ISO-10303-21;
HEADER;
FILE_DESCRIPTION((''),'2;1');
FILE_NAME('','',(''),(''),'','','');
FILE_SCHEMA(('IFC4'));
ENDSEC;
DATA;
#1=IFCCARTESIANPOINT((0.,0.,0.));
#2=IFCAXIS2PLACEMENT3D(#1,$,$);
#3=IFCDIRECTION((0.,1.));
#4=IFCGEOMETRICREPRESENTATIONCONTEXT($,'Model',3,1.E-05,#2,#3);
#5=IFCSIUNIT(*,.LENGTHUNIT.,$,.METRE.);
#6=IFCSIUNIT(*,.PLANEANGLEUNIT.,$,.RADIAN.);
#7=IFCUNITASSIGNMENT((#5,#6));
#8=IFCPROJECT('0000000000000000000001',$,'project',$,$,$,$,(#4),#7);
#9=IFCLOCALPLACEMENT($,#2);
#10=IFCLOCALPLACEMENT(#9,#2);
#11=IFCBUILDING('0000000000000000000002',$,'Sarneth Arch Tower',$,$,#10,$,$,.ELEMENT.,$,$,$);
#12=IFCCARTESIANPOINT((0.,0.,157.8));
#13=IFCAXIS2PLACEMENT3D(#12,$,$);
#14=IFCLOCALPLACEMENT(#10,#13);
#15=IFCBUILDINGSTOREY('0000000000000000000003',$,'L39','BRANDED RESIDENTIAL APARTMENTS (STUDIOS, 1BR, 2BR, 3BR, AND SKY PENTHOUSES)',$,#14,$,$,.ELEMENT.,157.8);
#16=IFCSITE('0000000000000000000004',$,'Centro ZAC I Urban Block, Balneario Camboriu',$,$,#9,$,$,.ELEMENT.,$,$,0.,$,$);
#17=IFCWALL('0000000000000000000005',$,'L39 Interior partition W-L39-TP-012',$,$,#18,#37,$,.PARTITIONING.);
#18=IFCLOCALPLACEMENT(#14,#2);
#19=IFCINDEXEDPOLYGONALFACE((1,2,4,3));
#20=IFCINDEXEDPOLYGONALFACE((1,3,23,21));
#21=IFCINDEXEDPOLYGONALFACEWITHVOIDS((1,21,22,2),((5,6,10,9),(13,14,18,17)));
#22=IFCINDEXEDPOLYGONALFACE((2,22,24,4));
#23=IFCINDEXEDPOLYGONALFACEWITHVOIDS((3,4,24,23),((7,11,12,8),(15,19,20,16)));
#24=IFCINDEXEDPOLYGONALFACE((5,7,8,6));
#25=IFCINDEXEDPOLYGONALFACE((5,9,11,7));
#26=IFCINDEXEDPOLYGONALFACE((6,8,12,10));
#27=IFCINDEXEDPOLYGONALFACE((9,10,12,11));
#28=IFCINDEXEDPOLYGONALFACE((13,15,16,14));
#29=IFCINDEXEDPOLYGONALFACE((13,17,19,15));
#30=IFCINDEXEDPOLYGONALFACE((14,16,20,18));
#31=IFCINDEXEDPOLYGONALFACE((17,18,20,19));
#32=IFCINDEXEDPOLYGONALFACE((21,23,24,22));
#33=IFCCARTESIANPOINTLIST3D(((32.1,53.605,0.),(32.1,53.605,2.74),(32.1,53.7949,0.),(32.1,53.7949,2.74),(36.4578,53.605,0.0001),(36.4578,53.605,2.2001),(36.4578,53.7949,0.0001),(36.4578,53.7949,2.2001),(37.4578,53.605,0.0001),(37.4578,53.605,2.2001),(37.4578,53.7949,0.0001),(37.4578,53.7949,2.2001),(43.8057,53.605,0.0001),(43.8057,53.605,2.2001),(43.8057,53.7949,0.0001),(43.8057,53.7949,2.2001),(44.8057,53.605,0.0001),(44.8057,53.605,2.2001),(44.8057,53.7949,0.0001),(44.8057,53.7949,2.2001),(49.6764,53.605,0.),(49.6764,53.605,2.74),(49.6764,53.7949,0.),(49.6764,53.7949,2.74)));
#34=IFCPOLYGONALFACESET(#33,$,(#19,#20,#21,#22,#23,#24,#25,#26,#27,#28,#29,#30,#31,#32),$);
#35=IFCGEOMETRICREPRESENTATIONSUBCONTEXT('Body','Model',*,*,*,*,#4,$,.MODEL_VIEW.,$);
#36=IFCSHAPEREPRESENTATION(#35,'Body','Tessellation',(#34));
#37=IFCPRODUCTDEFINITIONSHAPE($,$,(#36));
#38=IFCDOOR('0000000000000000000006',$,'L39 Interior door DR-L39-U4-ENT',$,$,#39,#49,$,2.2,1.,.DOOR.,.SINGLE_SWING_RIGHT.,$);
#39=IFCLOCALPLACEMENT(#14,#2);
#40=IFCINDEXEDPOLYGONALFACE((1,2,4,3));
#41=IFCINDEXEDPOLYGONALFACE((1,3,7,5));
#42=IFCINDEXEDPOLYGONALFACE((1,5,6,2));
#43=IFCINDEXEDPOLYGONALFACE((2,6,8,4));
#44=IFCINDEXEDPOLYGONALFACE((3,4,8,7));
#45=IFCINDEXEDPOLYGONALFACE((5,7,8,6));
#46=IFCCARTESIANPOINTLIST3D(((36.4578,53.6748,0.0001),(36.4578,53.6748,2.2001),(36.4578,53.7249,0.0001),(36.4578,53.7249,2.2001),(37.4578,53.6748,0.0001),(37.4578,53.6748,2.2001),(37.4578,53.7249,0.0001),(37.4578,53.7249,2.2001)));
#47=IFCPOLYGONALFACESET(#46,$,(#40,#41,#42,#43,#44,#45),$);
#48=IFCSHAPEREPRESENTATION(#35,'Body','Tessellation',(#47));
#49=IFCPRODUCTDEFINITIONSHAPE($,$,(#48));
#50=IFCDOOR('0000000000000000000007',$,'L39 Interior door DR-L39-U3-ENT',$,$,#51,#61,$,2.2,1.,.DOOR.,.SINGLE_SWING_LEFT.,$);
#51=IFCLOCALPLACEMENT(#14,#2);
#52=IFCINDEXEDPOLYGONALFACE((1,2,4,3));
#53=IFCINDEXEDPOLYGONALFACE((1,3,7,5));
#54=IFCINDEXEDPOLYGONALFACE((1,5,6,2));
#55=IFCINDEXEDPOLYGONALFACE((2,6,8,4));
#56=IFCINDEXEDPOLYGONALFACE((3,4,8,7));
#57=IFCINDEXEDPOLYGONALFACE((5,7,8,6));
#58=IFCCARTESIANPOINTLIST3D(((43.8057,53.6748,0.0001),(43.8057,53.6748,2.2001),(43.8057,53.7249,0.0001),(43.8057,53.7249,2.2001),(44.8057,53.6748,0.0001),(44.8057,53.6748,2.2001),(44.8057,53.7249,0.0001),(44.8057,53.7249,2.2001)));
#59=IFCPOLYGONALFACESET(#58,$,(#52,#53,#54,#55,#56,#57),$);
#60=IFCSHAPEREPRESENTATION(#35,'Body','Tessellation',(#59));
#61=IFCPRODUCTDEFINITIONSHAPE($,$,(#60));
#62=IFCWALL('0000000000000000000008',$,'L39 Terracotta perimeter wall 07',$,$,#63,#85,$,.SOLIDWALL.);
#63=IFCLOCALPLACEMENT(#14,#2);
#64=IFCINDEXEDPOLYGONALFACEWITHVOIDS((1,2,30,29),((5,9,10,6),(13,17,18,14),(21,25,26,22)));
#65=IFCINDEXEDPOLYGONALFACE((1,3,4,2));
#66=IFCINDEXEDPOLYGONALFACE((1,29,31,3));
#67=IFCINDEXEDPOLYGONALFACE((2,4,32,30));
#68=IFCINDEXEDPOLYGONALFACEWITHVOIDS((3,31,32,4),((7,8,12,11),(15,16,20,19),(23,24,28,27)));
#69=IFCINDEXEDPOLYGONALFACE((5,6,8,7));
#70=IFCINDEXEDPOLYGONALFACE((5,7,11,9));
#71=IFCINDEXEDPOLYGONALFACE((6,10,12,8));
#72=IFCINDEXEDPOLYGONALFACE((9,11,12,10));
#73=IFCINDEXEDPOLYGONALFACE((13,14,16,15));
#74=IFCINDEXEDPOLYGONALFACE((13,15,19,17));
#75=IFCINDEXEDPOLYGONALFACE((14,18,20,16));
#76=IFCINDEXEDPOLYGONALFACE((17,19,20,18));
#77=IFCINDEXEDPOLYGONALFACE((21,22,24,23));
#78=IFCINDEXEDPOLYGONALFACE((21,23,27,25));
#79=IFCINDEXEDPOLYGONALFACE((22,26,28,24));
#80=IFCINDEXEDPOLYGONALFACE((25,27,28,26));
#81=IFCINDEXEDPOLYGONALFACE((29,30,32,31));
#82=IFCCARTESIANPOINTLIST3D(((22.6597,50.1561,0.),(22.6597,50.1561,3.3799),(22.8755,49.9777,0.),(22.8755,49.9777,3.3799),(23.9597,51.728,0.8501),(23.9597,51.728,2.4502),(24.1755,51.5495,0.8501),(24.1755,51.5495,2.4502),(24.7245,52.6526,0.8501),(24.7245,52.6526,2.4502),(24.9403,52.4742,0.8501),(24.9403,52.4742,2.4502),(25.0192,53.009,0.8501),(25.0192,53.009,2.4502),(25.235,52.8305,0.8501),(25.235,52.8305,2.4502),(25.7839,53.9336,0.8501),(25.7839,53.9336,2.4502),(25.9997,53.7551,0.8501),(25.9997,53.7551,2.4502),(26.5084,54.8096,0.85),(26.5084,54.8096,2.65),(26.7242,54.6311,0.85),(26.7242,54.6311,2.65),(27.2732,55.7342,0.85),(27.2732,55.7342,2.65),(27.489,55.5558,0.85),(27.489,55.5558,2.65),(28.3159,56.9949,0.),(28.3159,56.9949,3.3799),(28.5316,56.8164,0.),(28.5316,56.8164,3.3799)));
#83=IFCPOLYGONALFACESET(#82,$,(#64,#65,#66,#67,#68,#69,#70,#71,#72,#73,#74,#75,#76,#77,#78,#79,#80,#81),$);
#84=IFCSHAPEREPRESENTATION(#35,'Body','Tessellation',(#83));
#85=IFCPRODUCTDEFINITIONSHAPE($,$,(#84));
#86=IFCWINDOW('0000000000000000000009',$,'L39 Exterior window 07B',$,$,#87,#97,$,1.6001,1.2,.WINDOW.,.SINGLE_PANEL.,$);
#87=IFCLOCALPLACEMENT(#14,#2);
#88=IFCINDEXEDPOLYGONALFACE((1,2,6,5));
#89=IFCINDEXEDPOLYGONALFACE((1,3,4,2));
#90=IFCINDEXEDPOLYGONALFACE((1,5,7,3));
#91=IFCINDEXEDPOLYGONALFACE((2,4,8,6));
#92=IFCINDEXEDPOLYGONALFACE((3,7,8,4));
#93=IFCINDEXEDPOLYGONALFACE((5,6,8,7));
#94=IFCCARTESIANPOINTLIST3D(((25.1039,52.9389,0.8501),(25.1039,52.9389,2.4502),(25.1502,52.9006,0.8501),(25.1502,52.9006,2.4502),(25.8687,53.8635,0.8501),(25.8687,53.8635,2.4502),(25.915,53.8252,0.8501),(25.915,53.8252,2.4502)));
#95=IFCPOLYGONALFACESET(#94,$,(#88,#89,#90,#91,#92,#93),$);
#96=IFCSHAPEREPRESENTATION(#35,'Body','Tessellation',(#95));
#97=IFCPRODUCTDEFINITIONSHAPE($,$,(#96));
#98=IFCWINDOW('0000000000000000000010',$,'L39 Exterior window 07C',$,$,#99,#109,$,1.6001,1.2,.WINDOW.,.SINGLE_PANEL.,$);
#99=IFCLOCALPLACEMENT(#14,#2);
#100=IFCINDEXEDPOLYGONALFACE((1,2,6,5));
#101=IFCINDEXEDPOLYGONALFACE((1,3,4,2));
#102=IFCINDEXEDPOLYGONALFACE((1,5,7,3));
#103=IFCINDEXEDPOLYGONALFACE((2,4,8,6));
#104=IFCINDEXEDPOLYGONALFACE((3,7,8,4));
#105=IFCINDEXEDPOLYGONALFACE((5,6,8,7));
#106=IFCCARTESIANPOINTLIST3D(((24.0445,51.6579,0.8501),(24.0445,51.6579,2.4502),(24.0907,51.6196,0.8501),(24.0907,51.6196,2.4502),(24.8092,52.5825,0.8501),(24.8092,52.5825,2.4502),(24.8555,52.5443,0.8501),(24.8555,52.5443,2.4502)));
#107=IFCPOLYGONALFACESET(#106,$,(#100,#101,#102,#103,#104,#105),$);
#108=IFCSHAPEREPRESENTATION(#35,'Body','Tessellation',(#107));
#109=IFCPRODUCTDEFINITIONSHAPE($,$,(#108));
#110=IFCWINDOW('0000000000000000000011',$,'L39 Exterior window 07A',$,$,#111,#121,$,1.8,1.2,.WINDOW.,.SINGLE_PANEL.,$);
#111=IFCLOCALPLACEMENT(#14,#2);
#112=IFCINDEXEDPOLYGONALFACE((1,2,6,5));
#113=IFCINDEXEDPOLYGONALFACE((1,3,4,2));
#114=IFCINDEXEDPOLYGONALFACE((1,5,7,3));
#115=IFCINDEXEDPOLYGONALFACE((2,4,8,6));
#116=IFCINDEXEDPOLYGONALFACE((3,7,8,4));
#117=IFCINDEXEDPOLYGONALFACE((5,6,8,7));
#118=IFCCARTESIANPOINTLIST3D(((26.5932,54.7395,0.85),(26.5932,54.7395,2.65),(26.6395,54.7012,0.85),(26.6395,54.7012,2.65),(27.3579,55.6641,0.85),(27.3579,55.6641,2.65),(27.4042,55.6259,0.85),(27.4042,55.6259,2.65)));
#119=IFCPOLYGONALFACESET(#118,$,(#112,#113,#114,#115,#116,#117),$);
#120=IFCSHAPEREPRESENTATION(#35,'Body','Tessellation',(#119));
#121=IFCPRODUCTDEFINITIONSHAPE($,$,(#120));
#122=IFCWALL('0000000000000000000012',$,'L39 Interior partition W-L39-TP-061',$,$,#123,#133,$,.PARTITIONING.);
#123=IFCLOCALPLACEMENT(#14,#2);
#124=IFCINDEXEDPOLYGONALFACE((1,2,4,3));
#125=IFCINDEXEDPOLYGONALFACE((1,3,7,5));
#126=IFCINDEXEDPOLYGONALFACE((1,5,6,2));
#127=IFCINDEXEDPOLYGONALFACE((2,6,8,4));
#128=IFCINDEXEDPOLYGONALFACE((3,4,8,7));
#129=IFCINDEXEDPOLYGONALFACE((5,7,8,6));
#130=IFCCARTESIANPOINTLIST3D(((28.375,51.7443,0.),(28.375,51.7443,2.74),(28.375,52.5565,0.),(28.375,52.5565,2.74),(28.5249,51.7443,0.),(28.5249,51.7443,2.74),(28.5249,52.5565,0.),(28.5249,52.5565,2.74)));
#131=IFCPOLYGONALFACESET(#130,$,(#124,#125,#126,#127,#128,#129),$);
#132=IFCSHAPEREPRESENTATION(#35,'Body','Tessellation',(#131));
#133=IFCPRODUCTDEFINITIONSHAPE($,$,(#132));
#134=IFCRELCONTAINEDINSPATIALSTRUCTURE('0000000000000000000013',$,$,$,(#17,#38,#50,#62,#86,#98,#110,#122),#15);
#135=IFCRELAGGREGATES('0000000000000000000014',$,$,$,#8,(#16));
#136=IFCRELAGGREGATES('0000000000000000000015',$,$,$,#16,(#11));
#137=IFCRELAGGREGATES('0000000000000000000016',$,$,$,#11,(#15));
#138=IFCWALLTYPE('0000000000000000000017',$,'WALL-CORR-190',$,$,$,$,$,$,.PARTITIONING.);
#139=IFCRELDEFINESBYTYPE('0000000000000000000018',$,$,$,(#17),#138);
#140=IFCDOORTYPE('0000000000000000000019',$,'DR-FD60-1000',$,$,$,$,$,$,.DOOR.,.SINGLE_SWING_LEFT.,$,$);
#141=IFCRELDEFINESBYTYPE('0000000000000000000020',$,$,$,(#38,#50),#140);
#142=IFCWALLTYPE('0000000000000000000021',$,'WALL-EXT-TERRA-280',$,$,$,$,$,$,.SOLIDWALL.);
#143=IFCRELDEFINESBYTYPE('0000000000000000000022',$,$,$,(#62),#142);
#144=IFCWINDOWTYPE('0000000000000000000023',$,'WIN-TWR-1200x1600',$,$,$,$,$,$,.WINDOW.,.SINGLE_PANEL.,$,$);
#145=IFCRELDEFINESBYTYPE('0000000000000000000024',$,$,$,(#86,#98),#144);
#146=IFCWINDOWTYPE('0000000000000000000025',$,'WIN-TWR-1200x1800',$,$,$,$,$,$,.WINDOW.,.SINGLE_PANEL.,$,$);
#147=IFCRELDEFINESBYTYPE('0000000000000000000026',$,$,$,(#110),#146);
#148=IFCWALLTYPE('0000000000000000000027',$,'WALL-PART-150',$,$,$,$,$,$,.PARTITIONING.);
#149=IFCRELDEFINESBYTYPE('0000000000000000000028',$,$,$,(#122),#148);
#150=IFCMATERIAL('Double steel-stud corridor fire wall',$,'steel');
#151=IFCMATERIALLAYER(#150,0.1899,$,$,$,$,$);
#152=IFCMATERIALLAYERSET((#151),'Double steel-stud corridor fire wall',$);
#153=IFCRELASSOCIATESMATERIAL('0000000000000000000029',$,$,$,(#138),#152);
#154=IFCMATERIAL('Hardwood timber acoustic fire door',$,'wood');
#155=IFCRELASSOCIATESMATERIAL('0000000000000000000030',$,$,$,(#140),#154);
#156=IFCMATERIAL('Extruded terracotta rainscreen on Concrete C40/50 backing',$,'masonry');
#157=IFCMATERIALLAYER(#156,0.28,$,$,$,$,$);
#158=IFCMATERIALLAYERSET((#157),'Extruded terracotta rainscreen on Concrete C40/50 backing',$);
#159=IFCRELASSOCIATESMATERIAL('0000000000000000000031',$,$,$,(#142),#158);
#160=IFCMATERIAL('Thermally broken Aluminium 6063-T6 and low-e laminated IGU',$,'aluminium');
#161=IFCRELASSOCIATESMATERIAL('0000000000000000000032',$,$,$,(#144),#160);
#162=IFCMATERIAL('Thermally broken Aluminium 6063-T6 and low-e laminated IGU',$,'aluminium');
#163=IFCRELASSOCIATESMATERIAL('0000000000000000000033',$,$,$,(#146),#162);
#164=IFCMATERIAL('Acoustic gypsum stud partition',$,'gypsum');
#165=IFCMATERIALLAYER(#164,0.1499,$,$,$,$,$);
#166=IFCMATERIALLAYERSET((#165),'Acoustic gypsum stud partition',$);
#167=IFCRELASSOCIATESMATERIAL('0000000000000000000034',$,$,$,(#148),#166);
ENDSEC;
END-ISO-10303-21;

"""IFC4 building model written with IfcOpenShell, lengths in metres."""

from ifc_helpers import new_model, si_unit, direction, frame, frame_2d, origin, place, context, subcontext, project, spatial, rectangle, extrude, material, layer, layer_set, type_object, element, fill, save


model = new_model("IFC4")

# Units and contexts
model_context = context("Model", 3, precision=1e-05, world=origin(), true_north=direction((0.0, 1.0)))
body_context = subcontext(model_context, "Body", "Model", "MODEL_VIEW")
ifc_project = project(units=[si_unit("LENGTHUNIT", "METRE"), si_unit("PLANEANGLEUNIT", "RADIAN")], contexts=[model_context])

# Site, building, storey
site_placement = place(None, origin())
site = spatial("IfcSite", under=ifc_project, at=site_placement, Name="Centro ZAC I Urban Block, Balneario Camboriu", CompositionType="ELEMENT", RefElevation=0.0)
building_placement = place(site_placement, origin())
building = spatial("IfcBuilding", under=site, at=building_placement, Name="Sarneth Arch Tower", CompositionType="ELEMENT")
storey_placement = place(building_placement, frame((0.0, 0.0, 157.8)))
storey = spatial("IfcBuildingStorey", under=building, at=storey_placement, Name="L39", Description="BRANDED RESIDENTIAL APARTMENTS (STUDIOS, 1BR, 2BR, 3BR, AND SKY PENTHOUSES)", CompositionType="ELEMENT", Elevation=157.8)

# Wall, openings, doors
ifc_material_1 = material(Name="Double steel-stud corridor fire wall", Category="steel")
ifc_layer_1 = layer(ifc_material_1, 0.1899)
ifc_layer_set_1 = layer_set([ifc_layer_1], Name="Double steel-stud corridor fire wall")
wall_type_1 = type_object("IfcWallType", Name="WALL-CORR-190", PredefinedType="PARTITIONING", material=ifc_layer_set_1)
wall_1_placement = place(storey_placement, frame((32.1001, 53.7, 0.0), z_axis=(0.0, 0.0, 1.0), x_axis=(1.0, 0.0, 0.0)))
wall_1 = element("IfcWall", 1, at=wall_1_placement, inside=storey, type_object=wall_type_1, Name="L39 Interior partition W-L39-TP-012", PredefinedType="PARTITIONING", context=body_context, shape_type="SweptSolid", body=[
    extrude(rectangle(XDim=17.5764, YDim=0.1899, at=frame_2d((8.7881, 0.0))), origin(), (0.0, 0.0, 1.0), 2.74),
])
opening_1_placement = place(wall_1_placement, frame((4.3577, 0.0, 0.0)))
opening_1 = element("IfcOpeningElement", 2, at=opening_1_placement, cuts=wall_1, PredefinedType="OPENING", context=body_context, shape_type="SweptSolid", body=[
    extrude(rectangle(XDim=1.0, YDim=2.2, at=frame_2d((0.5, 1.1001))), frame((0.0, 0.105, 0.0), z_axis=(0.0, -1.0, 0.0), x_axis=(1.0, 0.0, 0.0)), (0.0, 0.0, 1.0), 0.21),
])
opening_2_placement = place(wall_1_placement, frame((11.7056, 0.0, 0.0)))
opening_2 = element("IfcOpeningElement", 3, at=opening_2_placement, cuts=wall_1, PredefinedType="OPENING", context=body_context, shape_type="SweptSolid", body=[
    extrude(rectangle(XDim=1.0, YDim=2.2, at=frame_2d((0.5, 1.1001))), frame((0.0, 0.105, 0.0), z_axis=(0.0, -1.0, 0.0), x_axis=(1.0, 0.0, 0.0)), (0.0, 0.0, 1.0), 0.21),
])
ifc_material_2 = material(Name="Hardwood timber acoustic fire door", Category="wood")
door_type_1 = type_object("IfcDoorType", Name="DR-FD60-1000", OperationType="SINGLE_SWING_LEFT", PredefinedType="DOOR", material=ifc_material_2)
door_1_placement = place(opening_1_placement, origin())
door_1 = element("IfcDoor", 4, at=door_1_placement, inside=storey, type_object=door_type_1, Name="L39 Interior door DR-L39-U4-ENT", OperationType="SINGLE_SWING_RIGHT", OverallHeight=2.2, OverallWidth=1.0, PredefinedType="DOOR", context=body_context, shape_type="SweptSolid", body=[
    extrude(rectangle(XDim=1.0, YDim=2.2, at=frame_2d((0.5, 1.1001))), frame((0.0, 0.0249, 0.0), z_axis=(0.0, -1.0, 0.0), x_axis=(1.0, 0.0, 0.0)), (0.0, 0.0, 1.0), 0.05),
])
fill(opening_1, door_1)
door_2_placement = place(opening_2_placement, origin())
door_2 = element("IfcDoor", 5, at=door_2_placement, inside=storey, type_object=door_type_1, Name="L39 Interior door DR-L39-U3-ENT", OperationType="SINGLE_SWING_LEFT", OverallHeight=2.2, OverallWidth=1.0, PredefinedType="DOOR", context=body_context, shape_type="SweptSolid", body=[
    extrude(rectangle(XDim=1.0, YDim=2.2, at=frame_2d((0.5, 1.1001))), frame((0.0, 0.0249, 0.0), z_axis=(0.0, -1.0, 0.0), x_axis=(1.0, 0.0, 0.0)), (0.0, 0.0, 1.0), 0.05),
])
fill(opening_2, door_2)

# Wall, openings, windows
ifc_material_3 = material(Name="Extruded terracotta rainscreen on Concrete C40/50 backing", Category="masonry")
ifc_layer_2 = layer(ifc_material_3, 0.28)
ifc_layer_set_2 = layer_set([ifc_layer_2], Name="Extruded terracotta rainscreen on Concrete C40/50 backing")
wall_type_2 = type_object("IfcWallType", Name="WALL-EXT-TERRA-280", PredefinedType="SOLIDWALL", material=ifc_layer_set_2)
wall_2_placement = place(storey_placement, frame((28.4238, 56.9058, 0.0), z_axis=(0.0, 0.0, 1.0), x_axis=(-0.637333, -0.770588, 0.0)))
wall_2 = element("IfcWall", 6, at=wall_2_placement, inside=storey, type_object=wall_type_2, Name="L39 Terracotta perimeter wall 07", PredefinedType="SOLIDWALL", context=body_context, shape_type="SweptSolid", body=[
    extrude(rectangle(XDim=8.8748, YDim=0.28, at=frame_2d((4.4375, 0.0))), origin(), (0.0, 0.0, 1.0), 3.3799),
])
opening_3_placement = place(wall_2_placement, frame((1.636, 0.0, 0.8501)))
opening_3 = element("IfcOpeningElement", 7, at=opening_3_placement, cuts=wall_2, PredefinedType="OPENING", context=body_context, shape_type="SweptSolid", body=[
    extrude(rectangle(XDim=1.2, YDim=1.8, at=frame_2d((0.6001, 0.8999))), frame((0.0, 0.1499, 0.0), z_axis=(0.0, -1.0, 0.0), x_axis=(1.0, 0.0, 0.0)), (0.0, 0.0, 1.0), 0.3),
])
opening_4_placement = place(wall_2_placement, frame((3.9727, 0.0, 0.8501)))
opening_4 = element("IfcOpeningElement", 8, at=opening_4_placement, cuts=wall_2, PredefinedType="OPENING", context=body_context, shape_type="SweptSolid", body=[
    extrude(rectangle(XDim=1.2, YDim=1.6001, at=frame_2d((0.6001, 0.8))), frame((0.0, 0.1499, 0.0), z_axis=(0.0, -1.0, 0.0), x_axis=(1.0, 0.0, 0.0)), (0.0, 0.0, 1.0), 0.3),
])
opening_5_placement = place(wall_2_placement, frame((5.635, 0.0, 0.8501)))
opening_5 = element("IfcOpeningElement", 9, at=opening_5_placement, cuts=wall_2, PredefinedType="OPENING", context=body_context, shape_type="SweptSolid", body=[
    extrude(rectangle(XDim=1.2, YDim=1.6001, at=frame_2d((0.6001, 0.8))), frame((0.0, 0.1499, 0.0), z_axis=(0.0, -1.0, 0.0), x_axis=(1.0, 0.0, 0.0)), (0.0, 0.0, 1.0), 0.3),
])
ifc_material_4 = material(Name="Thermally broken Aluminium 6063-T6 and low-e laminated IGU", Category="aluminium")
window_type_1 = type_object("IfcWindowType", Name="WIN-TWR-1200x1600", PartitioningType="SINGLE_PANEL", PredefinedType="WINDOW", material=ifc_material_4)
window_1_placement = place(opening_4_placement, origin())
window_1 = element("IfcWindow", 10, at=window_1_placement, inside=storey, type_object=window_type_1, Name="L39 Exterior window 07B", OverallHeight=1.6001, OverallWidth=1.2, PartitioningType="SINGLE_PANEL", PredefinedType="WINDOW", context=body_context, shape_type="SweptSolid", body=[
    extrude(rectangle(XDim=1.2, YDim=1.6001, at=frame_2d((0.6001, 0.8))), frame((0.0, 0.03, 0.0), z_axis=(0.0, -1.0, 0.0), x_axis=(1.0, 0.0, 0.0)), (0.0, 0.0, 1.0), 0.0601),
])
fill(opening_4, window_1)
window_2_placement = place(opening_5_placement, origin())
window_2 = element("IfcWindow", 11, at=window_2_placement, inside=storey, type_object=window_type_1, Name="L39 Exterior window 07C", OverallHeight=1.6001, OverallWidth=1.2, PartitioningType="SINGLE_PANEL", PredefinedType="WINDOW", context=body_context, shape_type="SweptSolid", body=[
    extrude(rectangle(XDim=1.2, YDim=1.6001, at=frame_2d((0.6001, 0.8))), frame((0.0, 0.03, 0.0), z_axis=(0.0, -1.0, 0.0), x_axis=(1.0, 0.0, 0.0)), (0.0, 0.0, 1.0), 0.0601),
])
fill(opening_5, window_2)
ifc_material_5 = material(Name="Thermally broken Aluminium 6063-T6 and low-e laminated IGU", Category="aluminium")
window_type_2 = type_object("IfcWindowType", Name="WIN-TWR-1200x1800", PartitioningType="SINGLE_PANEL", PredefinedType="WINDOW", material=ifc_material_5)
window_3_placement = place(opening_3_placement, origin())
window_3 = element("IfcWindow", 12, at=window_3_placement, inside=storey, type_object=window_type_2, Name="L39 Exterior window 07A", OverallHeight=1.8, OverallWidth=1.2, PartitioningType="SINGLE_PANEL", PredefinedType="WINDOW", context=body_context, shape_type="SweptSolid", body=[
    extrude(rectangle(XDim=1.2, YDim=1.8, at=frame_2d((0.6001, 0.8999))), frame((0.0, 0.03, 0.0), z_axis=(0.0, -1.0, 0.0), x_axis=(1.0, 0.0, 0.0)), (0.0, 0.0, 1.0), 0.0601),
])
fill(opening_3, window_3)

# Wall
ifc_material_6 = material(Name="Acoustic gypsum stud partition", Category="gypsum")
ifc_layer_3 = layer(ifc_material_6, 0.1499)
ifc_layer_set_3 = layer_set([ifc_layer_3], Name="Acoustic gypsum stud partition")
wall_type_3 = type_object("IfcWallType", Name="WALL-PART-150", PredefinedType="PARTITIONING", material=ifc_layer_set_3)
wall_3_placement = place(storey_placement, frame((28.45, 52.5566, 0.0), z_axis=(0.0, 0.0, 1.0), x_axis=(0.0, -1.0, 0.0)))
element("IfcWall", 13, at=wall_3_placement, inside=storey, type_object=wall_type_3, Name="L39 Interior partition W-L39-TP-061", PredefinedType="PARTITIONING", context=body_context, shape_type="SweptSolid", body=[
    extrude(rectangle(XDim=0.8123, YDim=0.1499, at=frame_2d((0.4062, 0.0))), origin(), (0.0, 0.0, 1.0), 2.74),
])

save(model, "model.ifc")
